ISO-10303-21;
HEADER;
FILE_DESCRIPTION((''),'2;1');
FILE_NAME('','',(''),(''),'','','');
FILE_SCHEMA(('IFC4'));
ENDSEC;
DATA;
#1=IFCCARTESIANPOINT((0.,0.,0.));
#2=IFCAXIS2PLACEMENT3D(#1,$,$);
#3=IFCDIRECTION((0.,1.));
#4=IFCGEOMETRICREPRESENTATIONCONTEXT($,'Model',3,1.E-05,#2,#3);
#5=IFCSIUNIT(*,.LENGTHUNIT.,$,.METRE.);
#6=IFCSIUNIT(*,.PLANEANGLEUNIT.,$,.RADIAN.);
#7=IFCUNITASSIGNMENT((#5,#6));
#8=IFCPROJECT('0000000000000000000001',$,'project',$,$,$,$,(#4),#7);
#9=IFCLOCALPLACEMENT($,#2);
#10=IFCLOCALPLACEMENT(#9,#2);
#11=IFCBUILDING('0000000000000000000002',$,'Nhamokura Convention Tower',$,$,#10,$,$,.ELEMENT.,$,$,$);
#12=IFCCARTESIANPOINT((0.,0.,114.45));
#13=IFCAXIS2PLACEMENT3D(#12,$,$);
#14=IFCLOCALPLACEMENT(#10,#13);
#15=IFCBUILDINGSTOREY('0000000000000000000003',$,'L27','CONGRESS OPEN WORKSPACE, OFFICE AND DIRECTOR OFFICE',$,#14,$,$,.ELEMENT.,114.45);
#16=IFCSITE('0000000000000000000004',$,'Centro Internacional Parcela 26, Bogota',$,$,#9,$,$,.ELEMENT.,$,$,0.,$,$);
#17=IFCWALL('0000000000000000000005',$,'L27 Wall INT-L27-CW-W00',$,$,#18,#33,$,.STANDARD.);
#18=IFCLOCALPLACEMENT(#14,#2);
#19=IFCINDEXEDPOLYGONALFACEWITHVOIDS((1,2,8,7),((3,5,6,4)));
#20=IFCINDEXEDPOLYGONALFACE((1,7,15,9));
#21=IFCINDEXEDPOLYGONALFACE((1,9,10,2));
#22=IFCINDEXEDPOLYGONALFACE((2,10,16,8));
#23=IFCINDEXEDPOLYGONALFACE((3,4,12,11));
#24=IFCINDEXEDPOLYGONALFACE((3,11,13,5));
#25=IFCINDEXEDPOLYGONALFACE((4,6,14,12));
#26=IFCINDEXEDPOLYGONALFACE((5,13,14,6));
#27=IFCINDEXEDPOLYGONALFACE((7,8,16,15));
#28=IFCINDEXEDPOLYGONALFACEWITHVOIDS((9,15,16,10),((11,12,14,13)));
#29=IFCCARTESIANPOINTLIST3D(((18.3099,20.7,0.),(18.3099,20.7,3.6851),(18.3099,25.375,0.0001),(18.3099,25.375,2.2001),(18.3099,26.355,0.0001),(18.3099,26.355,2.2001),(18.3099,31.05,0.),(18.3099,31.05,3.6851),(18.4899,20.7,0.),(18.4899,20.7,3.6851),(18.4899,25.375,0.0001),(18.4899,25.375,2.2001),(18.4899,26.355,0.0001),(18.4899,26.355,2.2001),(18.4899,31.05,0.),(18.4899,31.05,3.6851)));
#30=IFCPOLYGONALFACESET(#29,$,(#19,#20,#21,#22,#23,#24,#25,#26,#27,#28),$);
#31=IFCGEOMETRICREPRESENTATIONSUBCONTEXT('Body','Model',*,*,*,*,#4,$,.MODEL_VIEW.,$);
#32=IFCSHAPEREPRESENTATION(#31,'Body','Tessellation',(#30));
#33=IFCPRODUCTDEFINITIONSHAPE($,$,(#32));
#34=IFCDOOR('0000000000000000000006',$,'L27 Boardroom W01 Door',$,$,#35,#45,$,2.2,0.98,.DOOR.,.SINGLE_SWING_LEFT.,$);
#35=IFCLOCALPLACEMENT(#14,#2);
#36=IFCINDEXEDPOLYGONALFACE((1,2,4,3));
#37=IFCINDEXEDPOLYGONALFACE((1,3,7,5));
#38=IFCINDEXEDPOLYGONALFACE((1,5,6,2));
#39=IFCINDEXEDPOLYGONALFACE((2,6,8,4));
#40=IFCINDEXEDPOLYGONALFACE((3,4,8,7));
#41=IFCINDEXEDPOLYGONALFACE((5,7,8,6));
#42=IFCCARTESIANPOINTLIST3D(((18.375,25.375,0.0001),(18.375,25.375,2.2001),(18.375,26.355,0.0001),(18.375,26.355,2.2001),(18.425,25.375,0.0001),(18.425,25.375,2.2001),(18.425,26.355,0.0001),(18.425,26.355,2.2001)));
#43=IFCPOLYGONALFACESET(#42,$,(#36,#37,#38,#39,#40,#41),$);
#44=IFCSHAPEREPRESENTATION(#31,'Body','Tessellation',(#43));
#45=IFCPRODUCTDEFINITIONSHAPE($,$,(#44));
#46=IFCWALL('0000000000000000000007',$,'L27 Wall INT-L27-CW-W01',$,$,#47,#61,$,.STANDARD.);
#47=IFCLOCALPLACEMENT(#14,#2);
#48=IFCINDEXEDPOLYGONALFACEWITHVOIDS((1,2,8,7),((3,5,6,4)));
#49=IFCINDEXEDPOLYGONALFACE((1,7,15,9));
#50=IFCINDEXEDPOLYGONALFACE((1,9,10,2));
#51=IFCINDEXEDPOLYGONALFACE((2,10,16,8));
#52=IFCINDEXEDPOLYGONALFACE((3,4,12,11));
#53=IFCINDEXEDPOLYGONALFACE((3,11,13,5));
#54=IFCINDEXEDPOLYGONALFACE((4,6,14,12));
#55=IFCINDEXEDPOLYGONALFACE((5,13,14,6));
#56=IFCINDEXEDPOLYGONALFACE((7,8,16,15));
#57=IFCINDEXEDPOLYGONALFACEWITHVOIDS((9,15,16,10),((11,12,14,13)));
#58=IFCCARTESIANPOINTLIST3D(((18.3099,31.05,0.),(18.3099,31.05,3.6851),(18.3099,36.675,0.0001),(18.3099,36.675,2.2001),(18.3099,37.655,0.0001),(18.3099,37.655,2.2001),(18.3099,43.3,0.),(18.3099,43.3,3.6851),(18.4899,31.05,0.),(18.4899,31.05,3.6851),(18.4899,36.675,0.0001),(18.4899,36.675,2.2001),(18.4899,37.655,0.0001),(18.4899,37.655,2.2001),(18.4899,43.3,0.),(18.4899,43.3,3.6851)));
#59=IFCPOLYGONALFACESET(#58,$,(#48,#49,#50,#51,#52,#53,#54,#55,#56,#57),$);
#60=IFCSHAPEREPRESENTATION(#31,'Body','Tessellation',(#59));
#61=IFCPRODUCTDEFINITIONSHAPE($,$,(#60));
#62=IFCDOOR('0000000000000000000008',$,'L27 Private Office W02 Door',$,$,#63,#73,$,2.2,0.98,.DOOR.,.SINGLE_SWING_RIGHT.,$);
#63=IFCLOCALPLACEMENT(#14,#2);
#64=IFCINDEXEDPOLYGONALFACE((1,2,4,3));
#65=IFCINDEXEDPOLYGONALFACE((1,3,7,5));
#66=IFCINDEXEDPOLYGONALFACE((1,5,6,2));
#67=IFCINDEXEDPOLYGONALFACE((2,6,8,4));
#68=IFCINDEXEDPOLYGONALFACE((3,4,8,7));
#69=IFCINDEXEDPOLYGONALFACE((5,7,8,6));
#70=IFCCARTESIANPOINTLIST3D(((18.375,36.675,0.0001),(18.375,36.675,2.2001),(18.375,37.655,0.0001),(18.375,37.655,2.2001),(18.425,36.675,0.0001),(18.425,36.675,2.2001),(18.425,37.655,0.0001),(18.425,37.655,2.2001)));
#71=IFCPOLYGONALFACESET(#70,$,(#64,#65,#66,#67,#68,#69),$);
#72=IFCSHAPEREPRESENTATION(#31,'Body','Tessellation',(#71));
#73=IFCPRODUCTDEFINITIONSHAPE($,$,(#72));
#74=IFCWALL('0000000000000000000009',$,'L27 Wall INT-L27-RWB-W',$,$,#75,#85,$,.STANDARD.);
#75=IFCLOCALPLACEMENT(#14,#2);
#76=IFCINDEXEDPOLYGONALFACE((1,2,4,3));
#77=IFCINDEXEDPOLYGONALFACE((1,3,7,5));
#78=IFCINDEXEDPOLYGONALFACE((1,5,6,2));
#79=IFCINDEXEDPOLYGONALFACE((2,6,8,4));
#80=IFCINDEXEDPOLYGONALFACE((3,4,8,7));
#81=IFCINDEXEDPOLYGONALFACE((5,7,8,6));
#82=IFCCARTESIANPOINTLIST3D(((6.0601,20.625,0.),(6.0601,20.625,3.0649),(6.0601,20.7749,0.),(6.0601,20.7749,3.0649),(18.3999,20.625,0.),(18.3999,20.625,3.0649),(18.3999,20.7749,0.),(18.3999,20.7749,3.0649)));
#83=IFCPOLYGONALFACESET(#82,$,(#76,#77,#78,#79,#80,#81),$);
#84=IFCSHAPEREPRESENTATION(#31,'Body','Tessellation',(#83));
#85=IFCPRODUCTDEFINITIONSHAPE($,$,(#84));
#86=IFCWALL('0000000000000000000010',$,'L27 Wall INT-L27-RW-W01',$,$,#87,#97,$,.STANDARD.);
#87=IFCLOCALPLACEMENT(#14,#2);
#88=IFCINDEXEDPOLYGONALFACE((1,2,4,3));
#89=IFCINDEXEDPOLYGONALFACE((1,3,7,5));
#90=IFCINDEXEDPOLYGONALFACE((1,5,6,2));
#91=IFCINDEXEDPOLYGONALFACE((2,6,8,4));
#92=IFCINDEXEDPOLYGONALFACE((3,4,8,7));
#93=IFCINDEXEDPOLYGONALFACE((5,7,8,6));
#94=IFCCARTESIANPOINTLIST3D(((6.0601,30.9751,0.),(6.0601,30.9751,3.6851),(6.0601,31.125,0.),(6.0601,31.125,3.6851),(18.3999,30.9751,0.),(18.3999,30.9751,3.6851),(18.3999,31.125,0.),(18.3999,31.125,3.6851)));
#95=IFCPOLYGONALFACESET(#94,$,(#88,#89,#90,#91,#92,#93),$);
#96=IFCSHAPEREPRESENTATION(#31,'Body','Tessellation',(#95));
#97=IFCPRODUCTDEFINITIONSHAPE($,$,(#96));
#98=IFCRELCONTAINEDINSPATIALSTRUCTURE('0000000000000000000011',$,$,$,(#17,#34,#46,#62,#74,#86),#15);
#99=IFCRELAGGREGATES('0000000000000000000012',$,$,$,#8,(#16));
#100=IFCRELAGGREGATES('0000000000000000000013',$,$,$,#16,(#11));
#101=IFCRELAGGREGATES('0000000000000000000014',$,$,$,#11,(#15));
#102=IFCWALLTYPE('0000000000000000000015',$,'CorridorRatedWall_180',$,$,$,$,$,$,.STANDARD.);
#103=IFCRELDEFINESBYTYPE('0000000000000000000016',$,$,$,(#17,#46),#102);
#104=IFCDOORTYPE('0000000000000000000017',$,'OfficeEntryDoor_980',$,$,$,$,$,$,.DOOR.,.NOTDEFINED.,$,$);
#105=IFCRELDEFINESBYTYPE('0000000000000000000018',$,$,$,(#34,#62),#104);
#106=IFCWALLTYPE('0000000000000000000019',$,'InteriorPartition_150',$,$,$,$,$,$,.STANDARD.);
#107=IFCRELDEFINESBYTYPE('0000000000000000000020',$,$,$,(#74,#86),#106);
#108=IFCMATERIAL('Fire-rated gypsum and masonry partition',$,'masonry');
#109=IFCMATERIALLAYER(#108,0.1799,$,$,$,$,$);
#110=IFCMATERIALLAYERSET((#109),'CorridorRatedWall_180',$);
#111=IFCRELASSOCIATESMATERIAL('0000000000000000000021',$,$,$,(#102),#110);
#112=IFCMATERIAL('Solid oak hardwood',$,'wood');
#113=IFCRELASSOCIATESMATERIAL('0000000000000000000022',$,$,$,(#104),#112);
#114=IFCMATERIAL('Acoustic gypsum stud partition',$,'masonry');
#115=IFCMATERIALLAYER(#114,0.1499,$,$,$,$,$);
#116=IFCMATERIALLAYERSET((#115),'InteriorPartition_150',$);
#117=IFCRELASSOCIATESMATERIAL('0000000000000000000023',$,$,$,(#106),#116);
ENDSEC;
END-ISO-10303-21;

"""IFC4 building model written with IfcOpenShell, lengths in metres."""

from ifc_helpers import new_model, si_unit, direction, frame, frame_2d, origin, place, context, subcontext, project, spatial, rectangle, extrude, material, layer, layer_set, type_object, element, fill, save


model = new_model("IFC4")

# Units and contexts
model_context = context("Model", 3, precision=1e-05, world=origin(), true_north=direction((0.0, 1.0)))
body_context = subcontext(model_context, "Body", "Model", "MODEL_VIEW")
ifc_project = project(units=[si_unit("LENGTHUNIT", "METRE"), si_unit("PLANEANGLEUNIT", "RADIAN")], contexts=[model_context])

# Site, building, storey
site_placement = place(None, origin())
site = spatial("IfcSite", under=ifc_project, at=site_placement, Name="Centro Internacional Parcela 26, Bogota", CompositionType="ELEMENT", RefElevation=0.0)
building_placement = place(site_placement, origin())
building = spatial("IfcBuilding", under=site, at=building_placement, Name="Nhamokura Convention Tower", CompositionType="ELEMENT")
storey_placement = place(building_placement, frame((0.0, 0.0, 114.45)))
storey = spatial("IfcBuildingStorey", under=building, at=storey_placement, Name="L27", Description="CONGRESS OPEN WORKSPACE, OFFICE AND DIRECTOR OFFICE", CompositionType="ELEMENT", Elevation=114.45)

# Walls, openings, doors
ifc_material_1 = material(Name="Fire-rated gypsum and masonry partition", Category="masonry")
ifc_layer_1 = layer(ifc_material_1, 0.1799)
ifc_layer_set_1 = layer_set([ifc_layer_1], Name="CorridorRatedWall_180")
wall_type_1 = type_object("IfcWallType", Name="CorridorRatedWall_180", PredefinedType="STANDARD", material=ifc_layer_set_1)
wall_1_placement = place(storey_placement, frame((18.3999, 20.7, 0.0), z_axis=(0.0, 0.0, 1.0), x_axis=(0.0, 1.0, 0.0)))
wall_1 = element("IfcWall", 1, at=wall_1_placement, inside=storey, type_object=wall_type_1, Name="L27 Wall INT-L27-CW-W00", PredefinedType="STANDARD", context=body_context, shape_type="SweptSolid", body=[
    extrude(rectangle(XDim=10.3501, YDim=0.1799, at=frame_2d((5.175, 0.0))), origin(), (0.0, 0.0, 1.0), 3.6851),
])
opening_1_placement = place(wall_1_placement, frame((4.675, 0.0, 0.0)))
opening_1 = element("IfcOpeningElement", 2, at=opening_1_placement, cuts=wall_1, PredefinedType="OPENING", context=body_context, shape_type="SweptSolid", body=[
    extrude(rectangle(XDim=0.98, YDim=2.2, at=frame_2d((0.49, 1.1001))), frame((0.0, 0.0999, 0.0), z_axis=(0.0, -1.0, 0.0), x_axis=(1.0, 0.0, 0.0)), (0.0, 0.0, 1.0), 0.2),
])
ifc_material_2 = material(Name="Solid oak hardwood", Category="wood")
door_type_1 = type_object("IfcDoorType", Name="OfficeEntryDoor_980", OperationType="NOTDEFINED", PredefinedType="DOOR", material=ifc_material_2)
door_1_placement = place(opening_1_placement, origin())
door_1 = element("IfcDoor", 3, at=door_1_placement, inside=storey, type_object=door_type_1, Name="L27 Boardroom W01 Door", OperationType="SINGLE_SWING_LEFT", OverallHeight=2.2, OverallWidth=0.98, PredefinedType="DOOR", context=body_context, shape_type="SweptSolid", body=[
    extrude(rectangle(XDim=0.98, YDim=2.2, at=frame_2d((0.49, 1.1001))), frame((0.0, 0.0249, 0.0), z_axis=(0.0, -1.0, 0.0), x_axis=(1.0, 0.0, 0.0)), (0.0, 0.0, 1.0), 0.05),
])
fill(opening_1, door_1)
wall_2_placement = place(storey_placement, frame((18.3999, 31.05, 0.0), z_axis=(0.0, 0.0, 1.0), x_axis=(0.0, 1.0, 0.0)))
wall_2 = element("IfcWall", 4, at=wall_2_placement, inside=storey, type_object=wall_type_1, Name="L27 Wall INT-L27-CW-W01", PredefinedType="STANDARD", context=body_context, shape_type="SweptSolid", body=[
    extrude(rectangle(XDim=12.25, YDim=0.1799, at=frame_2d((6.125, 0.0))), origin(), (0.0, 0.0, 1.0), 3.6851),
])
opening_2_placement = place(wall_2_placement, frame((5.625, 0.0, 0.0)))
opening_2 = element("IfcOpeningElement", 5, at=opening_2_placement, cuts=wall_2, PredefinedType="OPENING", context=body_context, shape_type="SweptSolid", body=[
    extrude(rectangle(XDim=0.98, YDim=2.2, at=frame_2d((0.49, 1.1001))), frame((0.0, 0.0999, 0.0), z_axis=(0.0, -1.0, 0.0), x_axis=(1.0, 0.0, 0.0)), (0.0, 0.0, 1.0), 0.2),
])
door_2_placement = place(opening_2_placement, origin())
door_2 = element("IfcDoor", 6, at=door_2_placement, inside=storey, type_object=door_type_1, Name="L27 Private Office W02 Door", OperationType="SINGLE_SWING_RIGHT", OverallHeight=2.2, OverallWidth=0.98, PredefinedType="DOOR", context=body_context, shape_type="SweptSolid", body=[
    extrude(rectangle(XDim=0.98, YDim=2.2, at=frame_2d((0.49, 1.1001))), frame((0.0, 0.0249, 0.0), z_axis=(0.0, -1.0, 0.0), x_axis=(1.0, 0.0, 0.0)), (0.0, 0.0, 1.0), 0.05),
])
fill(opening_2, door_2)

# Walls
ifc_material_3 = material(Name="Acoustic gypsum stud partition", Category="masonry")
ifc_layer_2 = layer(ifc_material_3, 0.1499)
ifc_layer_set_2 = layer_set([ifc_layer_2], Name="InteriorPartition_150")
wall_type_2 = type_object("IfcWallType", Name="InteriorPartition_150", PredefinedType="STANDARD", material=ifc_layer_set_2)
wall_3_placement = place(storey_placement, frame((6.0601, 20.7, 0.0), z_axis=(0.0, 0.0, 1.0), x_axis=(1.0, 0.0, 0.0)))
element("IfcWall", 7, at=wall_3_placement, inside=storey, type_object=wall_type_2, Name="L27 Wall INT-L27-RWB-W", PredefinedType="STANDARD", context=body_context, shape_type="SweptSolid", body=[
    extrude(rectangle(XDim=12.3398, YDim=0.1499, at=frame_2d((6.1699, 0.0))), origin(), (0.0, 0.0, 1.0), 3.0649),
])
wall_4_placement = place(storey_placement, frame((6.0601, 31.05, 0.0), z_axis=(0.0, 0.0, 1.0), x_axis=(1.0, 0.0, 0.0)))
element("IfcWall", 8, at=wall_4_placement, inside=storey, type_object=wall_type_2, Name="L27 Wall INT-L27-RW-W01", PredefinedType="STANDARD", context=body_context, shape_type="SweptSolid", body=[
    extrude(rectangle(XDim=12.3398, YDim=0.1499, at=frame_2d((6.1699, 0.0))), origin(), (0.0, 0.0, 1.0), 3.6851),
])

save(model, "model.ifc")
